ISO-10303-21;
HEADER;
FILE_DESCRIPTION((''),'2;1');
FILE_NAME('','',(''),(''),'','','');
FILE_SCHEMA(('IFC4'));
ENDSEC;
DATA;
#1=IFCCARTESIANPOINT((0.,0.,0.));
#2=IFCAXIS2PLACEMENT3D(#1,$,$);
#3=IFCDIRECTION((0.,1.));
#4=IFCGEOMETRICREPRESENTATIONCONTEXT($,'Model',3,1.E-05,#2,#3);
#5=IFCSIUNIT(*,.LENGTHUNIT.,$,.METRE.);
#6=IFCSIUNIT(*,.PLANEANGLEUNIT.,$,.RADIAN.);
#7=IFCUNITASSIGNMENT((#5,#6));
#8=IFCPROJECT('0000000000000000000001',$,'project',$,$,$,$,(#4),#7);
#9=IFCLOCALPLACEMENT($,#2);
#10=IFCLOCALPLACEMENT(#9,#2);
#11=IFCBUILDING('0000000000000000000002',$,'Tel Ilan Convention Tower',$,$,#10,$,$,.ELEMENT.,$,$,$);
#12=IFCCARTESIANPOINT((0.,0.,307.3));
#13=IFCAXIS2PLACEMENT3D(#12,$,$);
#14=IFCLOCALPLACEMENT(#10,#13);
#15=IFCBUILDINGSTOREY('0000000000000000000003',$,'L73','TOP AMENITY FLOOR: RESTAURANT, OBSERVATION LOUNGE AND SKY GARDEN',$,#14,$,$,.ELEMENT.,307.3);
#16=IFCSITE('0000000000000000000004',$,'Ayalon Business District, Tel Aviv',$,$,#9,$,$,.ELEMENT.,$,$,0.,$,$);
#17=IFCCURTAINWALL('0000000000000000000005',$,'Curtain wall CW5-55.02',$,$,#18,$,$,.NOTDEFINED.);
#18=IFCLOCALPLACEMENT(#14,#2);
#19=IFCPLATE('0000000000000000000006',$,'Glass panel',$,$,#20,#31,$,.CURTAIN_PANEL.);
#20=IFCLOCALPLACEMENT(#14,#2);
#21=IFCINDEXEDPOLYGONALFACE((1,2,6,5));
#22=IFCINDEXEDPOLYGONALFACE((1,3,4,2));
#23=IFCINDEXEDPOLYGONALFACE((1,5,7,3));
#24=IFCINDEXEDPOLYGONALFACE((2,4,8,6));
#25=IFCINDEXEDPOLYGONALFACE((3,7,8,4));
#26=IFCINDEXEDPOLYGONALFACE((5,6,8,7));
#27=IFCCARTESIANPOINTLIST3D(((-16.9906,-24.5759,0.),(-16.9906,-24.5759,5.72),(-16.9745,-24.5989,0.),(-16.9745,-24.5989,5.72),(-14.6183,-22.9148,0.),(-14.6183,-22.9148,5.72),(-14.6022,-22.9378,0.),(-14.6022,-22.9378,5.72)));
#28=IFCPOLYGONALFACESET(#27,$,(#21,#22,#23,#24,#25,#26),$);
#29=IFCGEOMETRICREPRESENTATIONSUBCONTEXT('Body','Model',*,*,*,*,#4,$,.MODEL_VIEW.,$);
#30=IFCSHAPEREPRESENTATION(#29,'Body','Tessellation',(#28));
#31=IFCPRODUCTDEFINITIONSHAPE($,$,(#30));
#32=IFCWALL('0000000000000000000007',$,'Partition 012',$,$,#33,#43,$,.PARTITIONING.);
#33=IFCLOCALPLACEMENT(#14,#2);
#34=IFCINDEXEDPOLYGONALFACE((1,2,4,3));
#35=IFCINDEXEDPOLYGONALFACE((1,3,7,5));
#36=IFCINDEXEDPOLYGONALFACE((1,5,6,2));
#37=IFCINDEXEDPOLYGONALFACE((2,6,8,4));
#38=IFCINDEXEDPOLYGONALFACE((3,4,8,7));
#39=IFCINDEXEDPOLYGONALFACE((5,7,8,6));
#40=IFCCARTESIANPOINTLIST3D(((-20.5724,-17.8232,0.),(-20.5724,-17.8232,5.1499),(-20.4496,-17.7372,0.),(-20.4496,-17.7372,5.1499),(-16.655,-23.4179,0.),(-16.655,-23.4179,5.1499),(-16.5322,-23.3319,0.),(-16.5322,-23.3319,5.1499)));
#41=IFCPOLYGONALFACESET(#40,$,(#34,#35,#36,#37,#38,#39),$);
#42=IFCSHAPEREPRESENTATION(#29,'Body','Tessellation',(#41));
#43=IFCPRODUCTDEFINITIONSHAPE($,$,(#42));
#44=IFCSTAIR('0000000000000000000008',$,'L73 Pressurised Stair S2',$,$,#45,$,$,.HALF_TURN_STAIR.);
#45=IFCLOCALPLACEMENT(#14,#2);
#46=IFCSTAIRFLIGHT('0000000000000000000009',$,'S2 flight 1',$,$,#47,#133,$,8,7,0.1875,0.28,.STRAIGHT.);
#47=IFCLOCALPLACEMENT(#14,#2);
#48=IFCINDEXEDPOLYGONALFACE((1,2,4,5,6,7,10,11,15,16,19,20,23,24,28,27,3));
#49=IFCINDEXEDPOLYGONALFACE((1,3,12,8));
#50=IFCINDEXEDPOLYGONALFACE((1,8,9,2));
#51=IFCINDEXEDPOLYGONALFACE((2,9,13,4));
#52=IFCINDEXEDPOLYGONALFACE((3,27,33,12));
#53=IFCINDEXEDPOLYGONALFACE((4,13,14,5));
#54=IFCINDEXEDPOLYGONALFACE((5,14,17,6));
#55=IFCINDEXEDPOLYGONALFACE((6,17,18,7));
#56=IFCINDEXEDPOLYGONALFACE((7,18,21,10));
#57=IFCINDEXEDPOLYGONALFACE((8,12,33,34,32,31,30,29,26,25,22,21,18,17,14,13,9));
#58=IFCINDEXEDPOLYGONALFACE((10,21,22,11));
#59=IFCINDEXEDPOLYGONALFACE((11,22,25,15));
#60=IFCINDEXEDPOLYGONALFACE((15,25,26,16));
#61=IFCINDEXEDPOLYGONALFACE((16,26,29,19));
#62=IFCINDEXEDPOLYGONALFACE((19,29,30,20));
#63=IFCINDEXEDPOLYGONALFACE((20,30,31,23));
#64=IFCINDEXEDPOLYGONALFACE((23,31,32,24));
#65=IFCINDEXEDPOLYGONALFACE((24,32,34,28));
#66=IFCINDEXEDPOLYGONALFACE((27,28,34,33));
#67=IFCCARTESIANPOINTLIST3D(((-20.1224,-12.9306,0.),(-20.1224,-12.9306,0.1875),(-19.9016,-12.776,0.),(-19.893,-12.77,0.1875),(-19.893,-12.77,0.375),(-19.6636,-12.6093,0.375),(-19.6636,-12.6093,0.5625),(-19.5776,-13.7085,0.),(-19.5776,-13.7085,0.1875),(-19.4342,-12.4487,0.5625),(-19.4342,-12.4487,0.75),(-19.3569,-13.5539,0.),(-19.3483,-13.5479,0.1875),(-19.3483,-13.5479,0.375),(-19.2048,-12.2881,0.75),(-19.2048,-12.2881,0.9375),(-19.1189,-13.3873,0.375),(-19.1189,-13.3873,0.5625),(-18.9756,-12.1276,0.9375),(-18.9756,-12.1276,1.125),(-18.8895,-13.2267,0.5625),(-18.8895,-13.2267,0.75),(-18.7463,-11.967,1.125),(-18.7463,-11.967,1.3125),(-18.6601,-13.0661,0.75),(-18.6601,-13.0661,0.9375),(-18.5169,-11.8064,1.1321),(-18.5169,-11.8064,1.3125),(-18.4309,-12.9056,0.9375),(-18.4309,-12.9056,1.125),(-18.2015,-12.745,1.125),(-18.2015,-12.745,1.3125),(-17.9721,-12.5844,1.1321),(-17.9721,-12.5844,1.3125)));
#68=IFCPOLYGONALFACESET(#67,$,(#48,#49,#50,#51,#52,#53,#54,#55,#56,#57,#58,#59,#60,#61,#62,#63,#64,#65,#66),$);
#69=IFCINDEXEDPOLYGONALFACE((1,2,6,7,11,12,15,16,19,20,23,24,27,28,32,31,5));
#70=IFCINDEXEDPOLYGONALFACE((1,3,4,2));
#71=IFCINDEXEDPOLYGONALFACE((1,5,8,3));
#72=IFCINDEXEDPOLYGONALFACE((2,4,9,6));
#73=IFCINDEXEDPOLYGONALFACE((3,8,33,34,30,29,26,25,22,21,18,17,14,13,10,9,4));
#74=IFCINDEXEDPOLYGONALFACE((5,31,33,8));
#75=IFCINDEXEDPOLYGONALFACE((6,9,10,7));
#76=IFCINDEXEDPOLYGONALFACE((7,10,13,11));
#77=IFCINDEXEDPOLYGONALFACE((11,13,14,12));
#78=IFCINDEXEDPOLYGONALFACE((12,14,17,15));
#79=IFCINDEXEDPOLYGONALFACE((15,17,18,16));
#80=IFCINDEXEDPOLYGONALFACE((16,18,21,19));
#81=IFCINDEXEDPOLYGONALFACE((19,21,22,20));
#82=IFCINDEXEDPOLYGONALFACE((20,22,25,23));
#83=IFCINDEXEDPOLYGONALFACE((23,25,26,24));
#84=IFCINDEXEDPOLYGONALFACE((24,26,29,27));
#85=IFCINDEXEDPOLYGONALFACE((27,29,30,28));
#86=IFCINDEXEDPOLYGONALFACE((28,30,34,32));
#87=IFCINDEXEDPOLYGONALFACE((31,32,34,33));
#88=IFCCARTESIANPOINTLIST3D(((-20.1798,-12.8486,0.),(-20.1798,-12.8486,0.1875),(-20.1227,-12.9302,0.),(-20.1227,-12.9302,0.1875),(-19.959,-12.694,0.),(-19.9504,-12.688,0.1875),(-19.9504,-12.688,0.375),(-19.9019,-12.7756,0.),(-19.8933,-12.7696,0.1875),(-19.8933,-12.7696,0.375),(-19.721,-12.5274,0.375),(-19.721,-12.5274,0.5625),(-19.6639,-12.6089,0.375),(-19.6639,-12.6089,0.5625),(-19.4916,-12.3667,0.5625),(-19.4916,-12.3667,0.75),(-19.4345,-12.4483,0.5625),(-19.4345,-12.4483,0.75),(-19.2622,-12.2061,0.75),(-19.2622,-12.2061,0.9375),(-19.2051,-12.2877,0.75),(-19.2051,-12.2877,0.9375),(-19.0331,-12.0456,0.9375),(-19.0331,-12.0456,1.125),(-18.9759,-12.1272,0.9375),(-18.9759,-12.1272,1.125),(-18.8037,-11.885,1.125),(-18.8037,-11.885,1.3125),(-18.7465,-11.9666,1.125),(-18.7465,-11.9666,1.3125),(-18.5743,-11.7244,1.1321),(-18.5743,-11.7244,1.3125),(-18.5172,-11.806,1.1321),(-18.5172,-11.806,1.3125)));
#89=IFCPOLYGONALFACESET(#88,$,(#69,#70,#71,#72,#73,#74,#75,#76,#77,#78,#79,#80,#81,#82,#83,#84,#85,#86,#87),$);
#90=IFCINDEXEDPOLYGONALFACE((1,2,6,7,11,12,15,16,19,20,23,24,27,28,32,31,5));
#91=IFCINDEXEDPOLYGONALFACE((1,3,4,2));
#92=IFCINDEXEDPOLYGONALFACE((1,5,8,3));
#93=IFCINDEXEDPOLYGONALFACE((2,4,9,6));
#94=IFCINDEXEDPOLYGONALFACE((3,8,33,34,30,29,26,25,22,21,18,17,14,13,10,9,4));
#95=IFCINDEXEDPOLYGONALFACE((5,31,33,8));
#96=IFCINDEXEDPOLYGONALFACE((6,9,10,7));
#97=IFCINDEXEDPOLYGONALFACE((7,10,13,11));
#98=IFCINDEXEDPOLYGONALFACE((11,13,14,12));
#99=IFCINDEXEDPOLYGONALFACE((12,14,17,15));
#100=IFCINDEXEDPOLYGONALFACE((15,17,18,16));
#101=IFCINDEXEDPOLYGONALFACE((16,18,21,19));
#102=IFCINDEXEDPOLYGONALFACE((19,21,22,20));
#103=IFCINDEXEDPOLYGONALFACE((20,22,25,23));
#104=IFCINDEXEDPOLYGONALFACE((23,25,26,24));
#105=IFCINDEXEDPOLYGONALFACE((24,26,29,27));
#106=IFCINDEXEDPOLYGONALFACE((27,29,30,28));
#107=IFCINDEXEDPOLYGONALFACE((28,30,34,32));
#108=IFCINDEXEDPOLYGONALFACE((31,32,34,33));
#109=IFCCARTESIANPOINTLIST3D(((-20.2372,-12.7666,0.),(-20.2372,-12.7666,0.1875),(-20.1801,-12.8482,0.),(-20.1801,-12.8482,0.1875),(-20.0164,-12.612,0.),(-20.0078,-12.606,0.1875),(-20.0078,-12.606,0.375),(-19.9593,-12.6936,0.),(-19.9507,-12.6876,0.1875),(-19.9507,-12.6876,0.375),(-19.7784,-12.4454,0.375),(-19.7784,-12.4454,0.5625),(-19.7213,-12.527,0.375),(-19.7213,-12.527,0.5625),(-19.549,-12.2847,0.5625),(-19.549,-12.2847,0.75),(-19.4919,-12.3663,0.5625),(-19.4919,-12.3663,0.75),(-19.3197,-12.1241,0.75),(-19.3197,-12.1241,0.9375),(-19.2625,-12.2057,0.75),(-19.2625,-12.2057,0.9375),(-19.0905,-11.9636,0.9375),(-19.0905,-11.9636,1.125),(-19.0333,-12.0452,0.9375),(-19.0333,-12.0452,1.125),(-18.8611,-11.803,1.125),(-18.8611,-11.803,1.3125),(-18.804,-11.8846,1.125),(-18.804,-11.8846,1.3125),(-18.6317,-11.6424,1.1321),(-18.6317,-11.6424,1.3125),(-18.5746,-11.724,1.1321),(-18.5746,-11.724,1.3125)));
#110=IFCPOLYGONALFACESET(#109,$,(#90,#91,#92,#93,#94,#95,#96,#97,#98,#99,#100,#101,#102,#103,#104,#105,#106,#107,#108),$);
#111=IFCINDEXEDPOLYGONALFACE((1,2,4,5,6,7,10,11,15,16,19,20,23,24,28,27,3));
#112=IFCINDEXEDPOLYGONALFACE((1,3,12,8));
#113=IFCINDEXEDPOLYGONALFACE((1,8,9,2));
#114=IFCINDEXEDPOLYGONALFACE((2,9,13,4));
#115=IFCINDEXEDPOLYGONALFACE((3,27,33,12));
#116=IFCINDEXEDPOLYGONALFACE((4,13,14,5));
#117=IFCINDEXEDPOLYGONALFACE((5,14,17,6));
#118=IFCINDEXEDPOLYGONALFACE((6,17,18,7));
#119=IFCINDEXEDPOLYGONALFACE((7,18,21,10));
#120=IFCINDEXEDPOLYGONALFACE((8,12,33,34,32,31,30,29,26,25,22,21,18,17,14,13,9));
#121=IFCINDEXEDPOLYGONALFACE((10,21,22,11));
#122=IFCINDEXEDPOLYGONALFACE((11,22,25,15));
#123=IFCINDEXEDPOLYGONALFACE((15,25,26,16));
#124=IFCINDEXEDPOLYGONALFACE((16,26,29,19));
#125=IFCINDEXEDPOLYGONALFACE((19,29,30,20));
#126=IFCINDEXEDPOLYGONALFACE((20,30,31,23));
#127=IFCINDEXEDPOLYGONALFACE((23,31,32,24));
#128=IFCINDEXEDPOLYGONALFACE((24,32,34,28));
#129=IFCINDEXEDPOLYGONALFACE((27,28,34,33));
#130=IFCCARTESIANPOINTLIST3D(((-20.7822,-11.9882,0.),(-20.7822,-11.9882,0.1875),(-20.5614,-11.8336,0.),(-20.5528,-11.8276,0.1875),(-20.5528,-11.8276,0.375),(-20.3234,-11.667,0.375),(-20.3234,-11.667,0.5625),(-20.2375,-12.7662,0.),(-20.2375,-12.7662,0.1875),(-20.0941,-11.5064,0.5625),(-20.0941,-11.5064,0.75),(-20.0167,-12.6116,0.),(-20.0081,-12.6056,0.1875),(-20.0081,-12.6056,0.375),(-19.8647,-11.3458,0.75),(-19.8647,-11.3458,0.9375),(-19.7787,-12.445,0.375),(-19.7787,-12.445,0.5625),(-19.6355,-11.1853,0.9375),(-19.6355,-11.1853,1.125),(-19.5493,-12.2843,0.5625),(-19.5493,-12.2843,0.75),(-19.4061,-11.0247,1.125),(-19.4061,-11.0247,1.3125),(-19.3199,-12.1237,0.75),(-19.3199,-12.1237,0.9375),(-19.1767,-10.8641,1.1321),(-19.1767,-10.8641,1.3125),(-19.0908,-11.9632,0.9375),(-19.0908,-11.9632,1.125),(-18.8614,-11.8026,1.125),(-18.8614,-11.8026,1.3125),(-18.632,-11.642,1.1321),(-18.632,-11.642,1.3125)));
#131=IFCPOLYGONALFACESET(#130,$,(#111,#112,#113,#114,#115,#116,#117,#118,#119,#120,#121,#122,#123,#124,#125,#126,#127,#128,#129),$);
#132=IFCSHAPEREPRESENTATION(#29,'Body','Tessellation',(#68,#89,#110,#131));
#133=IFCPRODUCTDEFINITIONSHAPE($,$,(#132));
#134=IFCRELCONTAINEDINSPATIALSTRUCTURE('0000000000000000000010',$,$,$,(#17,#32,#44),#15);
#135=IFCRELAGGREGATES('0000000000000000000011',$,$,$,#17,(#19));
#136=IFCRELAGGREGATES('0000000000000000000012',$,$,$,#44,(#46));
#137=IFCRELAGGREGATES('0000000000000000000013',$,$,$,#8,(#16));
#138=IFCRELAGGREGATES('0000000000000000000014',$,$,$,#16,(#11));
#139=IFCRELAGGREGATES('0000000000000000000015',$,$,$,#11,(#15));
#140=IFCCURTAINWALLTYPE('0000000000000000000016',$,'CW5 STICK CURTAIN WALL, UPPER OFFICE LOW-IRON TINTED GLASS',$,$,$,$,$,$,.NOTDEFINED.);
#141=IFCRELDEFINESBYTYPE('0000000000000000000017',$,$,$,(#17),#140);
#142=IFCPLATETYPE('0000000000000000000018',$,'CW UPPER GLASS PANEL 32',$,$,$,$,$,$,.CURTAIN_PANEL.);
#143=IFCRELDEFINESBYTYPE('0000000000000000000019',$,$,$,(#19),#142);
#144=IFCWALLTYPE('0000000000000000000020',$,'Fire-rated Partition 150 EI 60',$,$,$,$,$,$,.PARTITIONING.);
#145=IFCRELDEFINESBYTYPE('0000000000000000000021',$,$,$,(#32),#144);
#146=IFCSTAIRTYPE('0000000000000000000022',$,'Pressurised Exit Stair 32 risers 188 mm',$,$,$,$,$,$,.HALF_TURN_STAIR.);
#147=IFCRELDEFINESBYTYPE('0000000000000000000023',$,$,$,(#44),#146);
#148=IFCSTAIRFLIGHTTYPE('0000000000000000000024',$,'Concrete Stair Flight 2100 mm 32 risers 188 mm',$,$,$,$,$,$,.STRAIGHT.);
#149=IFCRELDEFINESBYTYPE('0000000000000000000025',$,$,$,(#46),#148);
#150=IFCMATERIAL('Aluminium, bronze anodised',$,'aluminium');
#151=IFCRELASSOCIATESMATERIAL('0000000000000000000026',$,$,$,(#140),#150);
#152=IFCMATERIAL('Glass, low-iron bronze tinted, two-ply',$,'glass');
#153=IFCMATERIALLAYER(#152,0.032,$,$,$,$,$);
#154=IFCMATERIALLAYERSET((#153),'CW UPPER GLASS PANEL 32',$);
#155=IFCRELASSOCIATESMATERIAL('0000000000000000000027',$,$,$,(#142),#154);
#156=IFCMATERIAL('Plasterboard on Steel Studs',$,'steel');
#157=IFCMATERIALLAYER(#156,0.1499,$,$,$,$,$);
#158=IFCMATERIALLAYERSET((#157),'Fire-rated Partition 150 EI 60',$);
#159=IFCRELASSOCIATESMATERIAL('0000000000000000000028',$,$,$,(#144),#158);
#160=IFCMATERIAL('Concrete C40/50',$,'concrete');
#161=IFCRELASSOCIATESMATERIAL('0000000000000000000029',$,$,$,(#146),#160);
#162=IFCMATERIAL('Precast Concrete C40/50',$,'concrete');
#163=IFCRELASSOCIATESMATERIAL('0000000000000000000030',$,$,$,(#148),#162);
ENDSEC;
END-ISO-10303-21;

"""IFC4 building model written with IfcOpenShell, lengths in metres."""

from ifc_helpers import new_model, si_unit, direction, frame, frame_2d, origin, origin_2d, place, context, subcontext, project, spatial, polyline, rectangle, outline, extrude, material, layer, layer_set, type_object, element, aggregate, save


model = new_model("IFC4")

# Units and contexts
model_context = context("Model", 3, precision=1e-05, world=origin(), true_north=direction((0.0, 1.0)))
body_context = subcontext(model_context, "Body", "Model", "MODEL_VIEW")
ifc_project = project(units=[si_unit("LENGTHUNIT", "METRE"), si_unit("PLANEANGLEUNIT", "RADIAN")], contexts=[model_context])

# Site, building, storey
site_placement = place(None, origin())
site = spatial("IfcSite", under=ifc_project, at=site_placement, Name="Ayalon Business District, Tel Aviv", CompositionType="ELEMENT", RefElevation=0.0)
building_placement = place(site_placement, origin())
building = spatial("IfcBuilding", under=site, at=building_placement, Name="Tel Ilan Convention Tower", CompositionType="ELEMENT")
storey_placement = place(building_placement, frame((0.0, 0.0, 307.3)))
storey = spatial("IfcBuildingStorey", under=building, at=storey_placement, Name="L73", Description="TOP AMENITY FLOOR: RESTAURANT, OBSERVATION LOUNGE AND SKY GARDEN", CompositionType="ELEMENT", Elevation=307.3)

# Curtain wall
ifc_material_1 = material(Name="Aluminium, bronze anodised", Category="aluminium")
curtain_wall_type = type_object("IfcCurtainWallType", Name="CW5 STICK CURTAIN WALL, UPPER OFFICE LOW-IRON TINTED GLASS", PredefinedType="NOTDEFINED", material=ifc_material_1)
curtain_wall_placement = place(storey_placement, origin())
curtain_wall = element("IfcCurtainWall", 1, at=curtain_wall_placement, inside=storey, type_object=curtain_wall_type, Name="Curtain wall CW5-55.02", PredefinedType="NOTDEFINED")

# Plate
ifc_material_2 = material(Name="Glass, low-iron bronze tinted, two-ply", Category="glass")
ifc_layer_1 = layer(ifc_material_2, 0.032)
ifc_layer_set_1 = layer_set([ifc_layer_1], Name="CW UPPER GLASS PANEL 32")
plate_type = type_object("IfcPlateType", Name="CW UPPER GLASS PANEL 32", PredefinedType="CURTAIN_PANEL", material=ifc_layer_set_1)
plate_1_placement = place(storey_placement, frame((-15.7964, -23.7568, 0.0), z_axis=(0.0, 0.0, 1.0), x_axis=(0.819152, 0.573576, 0.0)))
plate_1 = element("IfcPlate", 2, at=plate_1_placement, type_object=plate_type, Name="Glass panel", PredefinedType="CURTAIN_PANEL", context=body_context, shape_type="SweptSolid", body=[
    extrude(rectangle(XDim=2.896, YDim=0.0281, at=origin_2d()), origin(), (0.0, 0.0, 1.0), 5.72),
])
aggregate(curtain_wall, [plate_1])

# Wall
ifc_material_3 = material(Name="Plasterboard on Steel Studs", Category="steel")
ifc_layer_2 = layer(ifc_material_3, 0.1499)
ifc_layer_set_2 = layer_set([ifc_layer_2], Name="Fire-rated Partition 150 EI 60")
wall_type = type_object("IfcWallType", Name="Fire-rated Partition 150 EI 60", PredefinedType="PARTITIONING", material=ifc_layer_set_2)
wall_placement = place(storey_placement, frame((-16.5935, -23.375, 0.0), z_axis=(0.0, 0.0, 1.0), x_axis=(-0.573577, 0.819151, 0.0)))
element("IfcWall", 3, at=wall_placement, inside=storey, type_object=wall_type, Name="Partition 012", PredefinedType="PARTITIONING", context=body_context, shape_type="SweptSolid", body=[
    extrude(rectangle(XDim=6.8298, YDim=0.1499, at=frame_2d((3.415, 0.0))), origin(), (0.0, 0.0, 1.0), 5.1499),
])

# Stair, stair flight
ifc_material_4 = material(Name="Concrete C40/50", Category="concrete")
stair_type = type_object("IfcStairType", Name="Pressurised Exit Stair 32 risers 188 mm", PredefinedType="HALF_TURN_STAIR", material=ifc_material_4)
stair_placement = place(storey_placement, origin())
stair = element("IfcStair", 4, at=stair_placement, inside=storey, type_object=stair_type, Name="L73 Pressurised Stair S2", PredefinedType="HALF_TURN_STAIR")
ifc_material_5 = material(Name="Precast Concrete C40/50", Category="concrete")
stair_flight_type = type_object("IfcStairFlightType", Name="Concrete Stair Flight 2100 mm 32 risers 188 mm", PredefinedType="STRAIGHT", material=ifc_material_5)
stair_flight_1_placement = place(storey_placement, frame((-20.1799, -12.8484, 0.0), z_axis=(0.0, 0.0, 1.0), x_axis=(0.819152, 0.573576, 0.0)))
stair_flight_1 = element("IfcStairFlight", 5, at=stair_flight_1_placement, type_object=stair_flight_type, Name="S2 flight 1", NumberOfRisers=8, NumberOfTreads=7, PredefinedType="STRAIGHT", RiserHeight=0.1875, TreadLength=0.28, context=body_context, shape_type="SweptSolid", body=[
    extrude(outline(polyline([(0.0, 0.0), (0.0, 0.1875), (0.28, 0.1875), (0.28, 0.375), (0.5601, 0.375), (0.5601, 0.5625), (0.8401, 0.5625), (0.8401, 0.75), (1.1201, 0.75), (1.1201, 0.9375), (1.3999, 0.9375), (1.3999, 1.125), (1.6799, 1.125), (1.6799, 1.3125), (1.96, 1.3125), (1.96, 1.5), (1.96, 1.1321), (0.2695, 0.0), (0.0, 0.0)])), frame((0.0, -0.1003, 0.0), z_axis=(0.0, -1.0, 0.0), x_axis=(1.0, 0.0, 0.0)), (0.0, 0.0, 1.0), 0.9497),
    extrude(outline(polyline([(0.0, 0.0), (0.0, 0.1875), (0.28, 0.1875), (0.28, 0.375), (0.5601, 0.375), (0.5601, 0.5625), (0.8401, 0.5625), (0.8401, 0.75), (1.1201, 0.75), (1.1201, 0.9375), (1.3999, 0.9375), (1.3999, 1.125), (1.6799, 1.125), (1.6799, 1.3125), (1.96, 1.3125), (1.96, 1.5), (1.96, 1.1321), (0.2695, 0.0), (0.0, 0.0)])), frame((0.0, -0.0002, 0.0), z_axis=(0.0, -1.0, 0.0), x_axis=(1.0, 0.0, 0.0)), (0.0, 0.0, 1.0), 0.0996),
    extrude(outline(polyline([(0.0, 0.0), (0.0, 0.1875), (0.28, 0.1875), (0.28, 0.375), (0.5601, 0.375), (0.5601, 0.5625), (0.8401, 0.5625), (0.8401, 0.75), (1.1201, 0.75), (1.1201, 0.9375), (1.3999, 0.9375), (1.3999, 1.125), (1.6799, 1.125), (1.6799, 1.3125), (1.96, 1.3125), (1.96, 1.5), (1.96, 1.1321), (0.2695, 0.0), (0.0, 0.0)])), frame((0.0, 0.0999, 0.0), z_axis=(0.0, -1.0, 0.0), x_axis=(1.0, 0.0, 0.0)), (0.0, 0.0, 1.0), 0.0996),
    extrude(outline(polyline([(0.0, 0.0), (0.0, 0.1875), (0.28, 0.1875), (0.28, 0.375), (0.5601, 0.375), (0.5601, 0.5625), (0.8401, 0.5625), (0.8401, 0.75), (1.1201, 0.75), (1.1201, 0.9375), (1.3999, 0.9375), (1.3999, 1.125), (1.6799, 1.125), (1.6799, 1.3125), (1.96, 1.3125), (1.96, 1.5), (1.96, 1.1321), (0.2695, 0.0), (0.0, 0.0)])), frame((0.0, 1.05, 0.0), z_axis=(0.0, -1.0, 0.0), x_axis=(1.0, 0.0, 0.0)), (0.0, 0.0, 1.0), 0.9497),
])
aggregate(stair, [stair_flight_1])

save(model, "model.ifc")
